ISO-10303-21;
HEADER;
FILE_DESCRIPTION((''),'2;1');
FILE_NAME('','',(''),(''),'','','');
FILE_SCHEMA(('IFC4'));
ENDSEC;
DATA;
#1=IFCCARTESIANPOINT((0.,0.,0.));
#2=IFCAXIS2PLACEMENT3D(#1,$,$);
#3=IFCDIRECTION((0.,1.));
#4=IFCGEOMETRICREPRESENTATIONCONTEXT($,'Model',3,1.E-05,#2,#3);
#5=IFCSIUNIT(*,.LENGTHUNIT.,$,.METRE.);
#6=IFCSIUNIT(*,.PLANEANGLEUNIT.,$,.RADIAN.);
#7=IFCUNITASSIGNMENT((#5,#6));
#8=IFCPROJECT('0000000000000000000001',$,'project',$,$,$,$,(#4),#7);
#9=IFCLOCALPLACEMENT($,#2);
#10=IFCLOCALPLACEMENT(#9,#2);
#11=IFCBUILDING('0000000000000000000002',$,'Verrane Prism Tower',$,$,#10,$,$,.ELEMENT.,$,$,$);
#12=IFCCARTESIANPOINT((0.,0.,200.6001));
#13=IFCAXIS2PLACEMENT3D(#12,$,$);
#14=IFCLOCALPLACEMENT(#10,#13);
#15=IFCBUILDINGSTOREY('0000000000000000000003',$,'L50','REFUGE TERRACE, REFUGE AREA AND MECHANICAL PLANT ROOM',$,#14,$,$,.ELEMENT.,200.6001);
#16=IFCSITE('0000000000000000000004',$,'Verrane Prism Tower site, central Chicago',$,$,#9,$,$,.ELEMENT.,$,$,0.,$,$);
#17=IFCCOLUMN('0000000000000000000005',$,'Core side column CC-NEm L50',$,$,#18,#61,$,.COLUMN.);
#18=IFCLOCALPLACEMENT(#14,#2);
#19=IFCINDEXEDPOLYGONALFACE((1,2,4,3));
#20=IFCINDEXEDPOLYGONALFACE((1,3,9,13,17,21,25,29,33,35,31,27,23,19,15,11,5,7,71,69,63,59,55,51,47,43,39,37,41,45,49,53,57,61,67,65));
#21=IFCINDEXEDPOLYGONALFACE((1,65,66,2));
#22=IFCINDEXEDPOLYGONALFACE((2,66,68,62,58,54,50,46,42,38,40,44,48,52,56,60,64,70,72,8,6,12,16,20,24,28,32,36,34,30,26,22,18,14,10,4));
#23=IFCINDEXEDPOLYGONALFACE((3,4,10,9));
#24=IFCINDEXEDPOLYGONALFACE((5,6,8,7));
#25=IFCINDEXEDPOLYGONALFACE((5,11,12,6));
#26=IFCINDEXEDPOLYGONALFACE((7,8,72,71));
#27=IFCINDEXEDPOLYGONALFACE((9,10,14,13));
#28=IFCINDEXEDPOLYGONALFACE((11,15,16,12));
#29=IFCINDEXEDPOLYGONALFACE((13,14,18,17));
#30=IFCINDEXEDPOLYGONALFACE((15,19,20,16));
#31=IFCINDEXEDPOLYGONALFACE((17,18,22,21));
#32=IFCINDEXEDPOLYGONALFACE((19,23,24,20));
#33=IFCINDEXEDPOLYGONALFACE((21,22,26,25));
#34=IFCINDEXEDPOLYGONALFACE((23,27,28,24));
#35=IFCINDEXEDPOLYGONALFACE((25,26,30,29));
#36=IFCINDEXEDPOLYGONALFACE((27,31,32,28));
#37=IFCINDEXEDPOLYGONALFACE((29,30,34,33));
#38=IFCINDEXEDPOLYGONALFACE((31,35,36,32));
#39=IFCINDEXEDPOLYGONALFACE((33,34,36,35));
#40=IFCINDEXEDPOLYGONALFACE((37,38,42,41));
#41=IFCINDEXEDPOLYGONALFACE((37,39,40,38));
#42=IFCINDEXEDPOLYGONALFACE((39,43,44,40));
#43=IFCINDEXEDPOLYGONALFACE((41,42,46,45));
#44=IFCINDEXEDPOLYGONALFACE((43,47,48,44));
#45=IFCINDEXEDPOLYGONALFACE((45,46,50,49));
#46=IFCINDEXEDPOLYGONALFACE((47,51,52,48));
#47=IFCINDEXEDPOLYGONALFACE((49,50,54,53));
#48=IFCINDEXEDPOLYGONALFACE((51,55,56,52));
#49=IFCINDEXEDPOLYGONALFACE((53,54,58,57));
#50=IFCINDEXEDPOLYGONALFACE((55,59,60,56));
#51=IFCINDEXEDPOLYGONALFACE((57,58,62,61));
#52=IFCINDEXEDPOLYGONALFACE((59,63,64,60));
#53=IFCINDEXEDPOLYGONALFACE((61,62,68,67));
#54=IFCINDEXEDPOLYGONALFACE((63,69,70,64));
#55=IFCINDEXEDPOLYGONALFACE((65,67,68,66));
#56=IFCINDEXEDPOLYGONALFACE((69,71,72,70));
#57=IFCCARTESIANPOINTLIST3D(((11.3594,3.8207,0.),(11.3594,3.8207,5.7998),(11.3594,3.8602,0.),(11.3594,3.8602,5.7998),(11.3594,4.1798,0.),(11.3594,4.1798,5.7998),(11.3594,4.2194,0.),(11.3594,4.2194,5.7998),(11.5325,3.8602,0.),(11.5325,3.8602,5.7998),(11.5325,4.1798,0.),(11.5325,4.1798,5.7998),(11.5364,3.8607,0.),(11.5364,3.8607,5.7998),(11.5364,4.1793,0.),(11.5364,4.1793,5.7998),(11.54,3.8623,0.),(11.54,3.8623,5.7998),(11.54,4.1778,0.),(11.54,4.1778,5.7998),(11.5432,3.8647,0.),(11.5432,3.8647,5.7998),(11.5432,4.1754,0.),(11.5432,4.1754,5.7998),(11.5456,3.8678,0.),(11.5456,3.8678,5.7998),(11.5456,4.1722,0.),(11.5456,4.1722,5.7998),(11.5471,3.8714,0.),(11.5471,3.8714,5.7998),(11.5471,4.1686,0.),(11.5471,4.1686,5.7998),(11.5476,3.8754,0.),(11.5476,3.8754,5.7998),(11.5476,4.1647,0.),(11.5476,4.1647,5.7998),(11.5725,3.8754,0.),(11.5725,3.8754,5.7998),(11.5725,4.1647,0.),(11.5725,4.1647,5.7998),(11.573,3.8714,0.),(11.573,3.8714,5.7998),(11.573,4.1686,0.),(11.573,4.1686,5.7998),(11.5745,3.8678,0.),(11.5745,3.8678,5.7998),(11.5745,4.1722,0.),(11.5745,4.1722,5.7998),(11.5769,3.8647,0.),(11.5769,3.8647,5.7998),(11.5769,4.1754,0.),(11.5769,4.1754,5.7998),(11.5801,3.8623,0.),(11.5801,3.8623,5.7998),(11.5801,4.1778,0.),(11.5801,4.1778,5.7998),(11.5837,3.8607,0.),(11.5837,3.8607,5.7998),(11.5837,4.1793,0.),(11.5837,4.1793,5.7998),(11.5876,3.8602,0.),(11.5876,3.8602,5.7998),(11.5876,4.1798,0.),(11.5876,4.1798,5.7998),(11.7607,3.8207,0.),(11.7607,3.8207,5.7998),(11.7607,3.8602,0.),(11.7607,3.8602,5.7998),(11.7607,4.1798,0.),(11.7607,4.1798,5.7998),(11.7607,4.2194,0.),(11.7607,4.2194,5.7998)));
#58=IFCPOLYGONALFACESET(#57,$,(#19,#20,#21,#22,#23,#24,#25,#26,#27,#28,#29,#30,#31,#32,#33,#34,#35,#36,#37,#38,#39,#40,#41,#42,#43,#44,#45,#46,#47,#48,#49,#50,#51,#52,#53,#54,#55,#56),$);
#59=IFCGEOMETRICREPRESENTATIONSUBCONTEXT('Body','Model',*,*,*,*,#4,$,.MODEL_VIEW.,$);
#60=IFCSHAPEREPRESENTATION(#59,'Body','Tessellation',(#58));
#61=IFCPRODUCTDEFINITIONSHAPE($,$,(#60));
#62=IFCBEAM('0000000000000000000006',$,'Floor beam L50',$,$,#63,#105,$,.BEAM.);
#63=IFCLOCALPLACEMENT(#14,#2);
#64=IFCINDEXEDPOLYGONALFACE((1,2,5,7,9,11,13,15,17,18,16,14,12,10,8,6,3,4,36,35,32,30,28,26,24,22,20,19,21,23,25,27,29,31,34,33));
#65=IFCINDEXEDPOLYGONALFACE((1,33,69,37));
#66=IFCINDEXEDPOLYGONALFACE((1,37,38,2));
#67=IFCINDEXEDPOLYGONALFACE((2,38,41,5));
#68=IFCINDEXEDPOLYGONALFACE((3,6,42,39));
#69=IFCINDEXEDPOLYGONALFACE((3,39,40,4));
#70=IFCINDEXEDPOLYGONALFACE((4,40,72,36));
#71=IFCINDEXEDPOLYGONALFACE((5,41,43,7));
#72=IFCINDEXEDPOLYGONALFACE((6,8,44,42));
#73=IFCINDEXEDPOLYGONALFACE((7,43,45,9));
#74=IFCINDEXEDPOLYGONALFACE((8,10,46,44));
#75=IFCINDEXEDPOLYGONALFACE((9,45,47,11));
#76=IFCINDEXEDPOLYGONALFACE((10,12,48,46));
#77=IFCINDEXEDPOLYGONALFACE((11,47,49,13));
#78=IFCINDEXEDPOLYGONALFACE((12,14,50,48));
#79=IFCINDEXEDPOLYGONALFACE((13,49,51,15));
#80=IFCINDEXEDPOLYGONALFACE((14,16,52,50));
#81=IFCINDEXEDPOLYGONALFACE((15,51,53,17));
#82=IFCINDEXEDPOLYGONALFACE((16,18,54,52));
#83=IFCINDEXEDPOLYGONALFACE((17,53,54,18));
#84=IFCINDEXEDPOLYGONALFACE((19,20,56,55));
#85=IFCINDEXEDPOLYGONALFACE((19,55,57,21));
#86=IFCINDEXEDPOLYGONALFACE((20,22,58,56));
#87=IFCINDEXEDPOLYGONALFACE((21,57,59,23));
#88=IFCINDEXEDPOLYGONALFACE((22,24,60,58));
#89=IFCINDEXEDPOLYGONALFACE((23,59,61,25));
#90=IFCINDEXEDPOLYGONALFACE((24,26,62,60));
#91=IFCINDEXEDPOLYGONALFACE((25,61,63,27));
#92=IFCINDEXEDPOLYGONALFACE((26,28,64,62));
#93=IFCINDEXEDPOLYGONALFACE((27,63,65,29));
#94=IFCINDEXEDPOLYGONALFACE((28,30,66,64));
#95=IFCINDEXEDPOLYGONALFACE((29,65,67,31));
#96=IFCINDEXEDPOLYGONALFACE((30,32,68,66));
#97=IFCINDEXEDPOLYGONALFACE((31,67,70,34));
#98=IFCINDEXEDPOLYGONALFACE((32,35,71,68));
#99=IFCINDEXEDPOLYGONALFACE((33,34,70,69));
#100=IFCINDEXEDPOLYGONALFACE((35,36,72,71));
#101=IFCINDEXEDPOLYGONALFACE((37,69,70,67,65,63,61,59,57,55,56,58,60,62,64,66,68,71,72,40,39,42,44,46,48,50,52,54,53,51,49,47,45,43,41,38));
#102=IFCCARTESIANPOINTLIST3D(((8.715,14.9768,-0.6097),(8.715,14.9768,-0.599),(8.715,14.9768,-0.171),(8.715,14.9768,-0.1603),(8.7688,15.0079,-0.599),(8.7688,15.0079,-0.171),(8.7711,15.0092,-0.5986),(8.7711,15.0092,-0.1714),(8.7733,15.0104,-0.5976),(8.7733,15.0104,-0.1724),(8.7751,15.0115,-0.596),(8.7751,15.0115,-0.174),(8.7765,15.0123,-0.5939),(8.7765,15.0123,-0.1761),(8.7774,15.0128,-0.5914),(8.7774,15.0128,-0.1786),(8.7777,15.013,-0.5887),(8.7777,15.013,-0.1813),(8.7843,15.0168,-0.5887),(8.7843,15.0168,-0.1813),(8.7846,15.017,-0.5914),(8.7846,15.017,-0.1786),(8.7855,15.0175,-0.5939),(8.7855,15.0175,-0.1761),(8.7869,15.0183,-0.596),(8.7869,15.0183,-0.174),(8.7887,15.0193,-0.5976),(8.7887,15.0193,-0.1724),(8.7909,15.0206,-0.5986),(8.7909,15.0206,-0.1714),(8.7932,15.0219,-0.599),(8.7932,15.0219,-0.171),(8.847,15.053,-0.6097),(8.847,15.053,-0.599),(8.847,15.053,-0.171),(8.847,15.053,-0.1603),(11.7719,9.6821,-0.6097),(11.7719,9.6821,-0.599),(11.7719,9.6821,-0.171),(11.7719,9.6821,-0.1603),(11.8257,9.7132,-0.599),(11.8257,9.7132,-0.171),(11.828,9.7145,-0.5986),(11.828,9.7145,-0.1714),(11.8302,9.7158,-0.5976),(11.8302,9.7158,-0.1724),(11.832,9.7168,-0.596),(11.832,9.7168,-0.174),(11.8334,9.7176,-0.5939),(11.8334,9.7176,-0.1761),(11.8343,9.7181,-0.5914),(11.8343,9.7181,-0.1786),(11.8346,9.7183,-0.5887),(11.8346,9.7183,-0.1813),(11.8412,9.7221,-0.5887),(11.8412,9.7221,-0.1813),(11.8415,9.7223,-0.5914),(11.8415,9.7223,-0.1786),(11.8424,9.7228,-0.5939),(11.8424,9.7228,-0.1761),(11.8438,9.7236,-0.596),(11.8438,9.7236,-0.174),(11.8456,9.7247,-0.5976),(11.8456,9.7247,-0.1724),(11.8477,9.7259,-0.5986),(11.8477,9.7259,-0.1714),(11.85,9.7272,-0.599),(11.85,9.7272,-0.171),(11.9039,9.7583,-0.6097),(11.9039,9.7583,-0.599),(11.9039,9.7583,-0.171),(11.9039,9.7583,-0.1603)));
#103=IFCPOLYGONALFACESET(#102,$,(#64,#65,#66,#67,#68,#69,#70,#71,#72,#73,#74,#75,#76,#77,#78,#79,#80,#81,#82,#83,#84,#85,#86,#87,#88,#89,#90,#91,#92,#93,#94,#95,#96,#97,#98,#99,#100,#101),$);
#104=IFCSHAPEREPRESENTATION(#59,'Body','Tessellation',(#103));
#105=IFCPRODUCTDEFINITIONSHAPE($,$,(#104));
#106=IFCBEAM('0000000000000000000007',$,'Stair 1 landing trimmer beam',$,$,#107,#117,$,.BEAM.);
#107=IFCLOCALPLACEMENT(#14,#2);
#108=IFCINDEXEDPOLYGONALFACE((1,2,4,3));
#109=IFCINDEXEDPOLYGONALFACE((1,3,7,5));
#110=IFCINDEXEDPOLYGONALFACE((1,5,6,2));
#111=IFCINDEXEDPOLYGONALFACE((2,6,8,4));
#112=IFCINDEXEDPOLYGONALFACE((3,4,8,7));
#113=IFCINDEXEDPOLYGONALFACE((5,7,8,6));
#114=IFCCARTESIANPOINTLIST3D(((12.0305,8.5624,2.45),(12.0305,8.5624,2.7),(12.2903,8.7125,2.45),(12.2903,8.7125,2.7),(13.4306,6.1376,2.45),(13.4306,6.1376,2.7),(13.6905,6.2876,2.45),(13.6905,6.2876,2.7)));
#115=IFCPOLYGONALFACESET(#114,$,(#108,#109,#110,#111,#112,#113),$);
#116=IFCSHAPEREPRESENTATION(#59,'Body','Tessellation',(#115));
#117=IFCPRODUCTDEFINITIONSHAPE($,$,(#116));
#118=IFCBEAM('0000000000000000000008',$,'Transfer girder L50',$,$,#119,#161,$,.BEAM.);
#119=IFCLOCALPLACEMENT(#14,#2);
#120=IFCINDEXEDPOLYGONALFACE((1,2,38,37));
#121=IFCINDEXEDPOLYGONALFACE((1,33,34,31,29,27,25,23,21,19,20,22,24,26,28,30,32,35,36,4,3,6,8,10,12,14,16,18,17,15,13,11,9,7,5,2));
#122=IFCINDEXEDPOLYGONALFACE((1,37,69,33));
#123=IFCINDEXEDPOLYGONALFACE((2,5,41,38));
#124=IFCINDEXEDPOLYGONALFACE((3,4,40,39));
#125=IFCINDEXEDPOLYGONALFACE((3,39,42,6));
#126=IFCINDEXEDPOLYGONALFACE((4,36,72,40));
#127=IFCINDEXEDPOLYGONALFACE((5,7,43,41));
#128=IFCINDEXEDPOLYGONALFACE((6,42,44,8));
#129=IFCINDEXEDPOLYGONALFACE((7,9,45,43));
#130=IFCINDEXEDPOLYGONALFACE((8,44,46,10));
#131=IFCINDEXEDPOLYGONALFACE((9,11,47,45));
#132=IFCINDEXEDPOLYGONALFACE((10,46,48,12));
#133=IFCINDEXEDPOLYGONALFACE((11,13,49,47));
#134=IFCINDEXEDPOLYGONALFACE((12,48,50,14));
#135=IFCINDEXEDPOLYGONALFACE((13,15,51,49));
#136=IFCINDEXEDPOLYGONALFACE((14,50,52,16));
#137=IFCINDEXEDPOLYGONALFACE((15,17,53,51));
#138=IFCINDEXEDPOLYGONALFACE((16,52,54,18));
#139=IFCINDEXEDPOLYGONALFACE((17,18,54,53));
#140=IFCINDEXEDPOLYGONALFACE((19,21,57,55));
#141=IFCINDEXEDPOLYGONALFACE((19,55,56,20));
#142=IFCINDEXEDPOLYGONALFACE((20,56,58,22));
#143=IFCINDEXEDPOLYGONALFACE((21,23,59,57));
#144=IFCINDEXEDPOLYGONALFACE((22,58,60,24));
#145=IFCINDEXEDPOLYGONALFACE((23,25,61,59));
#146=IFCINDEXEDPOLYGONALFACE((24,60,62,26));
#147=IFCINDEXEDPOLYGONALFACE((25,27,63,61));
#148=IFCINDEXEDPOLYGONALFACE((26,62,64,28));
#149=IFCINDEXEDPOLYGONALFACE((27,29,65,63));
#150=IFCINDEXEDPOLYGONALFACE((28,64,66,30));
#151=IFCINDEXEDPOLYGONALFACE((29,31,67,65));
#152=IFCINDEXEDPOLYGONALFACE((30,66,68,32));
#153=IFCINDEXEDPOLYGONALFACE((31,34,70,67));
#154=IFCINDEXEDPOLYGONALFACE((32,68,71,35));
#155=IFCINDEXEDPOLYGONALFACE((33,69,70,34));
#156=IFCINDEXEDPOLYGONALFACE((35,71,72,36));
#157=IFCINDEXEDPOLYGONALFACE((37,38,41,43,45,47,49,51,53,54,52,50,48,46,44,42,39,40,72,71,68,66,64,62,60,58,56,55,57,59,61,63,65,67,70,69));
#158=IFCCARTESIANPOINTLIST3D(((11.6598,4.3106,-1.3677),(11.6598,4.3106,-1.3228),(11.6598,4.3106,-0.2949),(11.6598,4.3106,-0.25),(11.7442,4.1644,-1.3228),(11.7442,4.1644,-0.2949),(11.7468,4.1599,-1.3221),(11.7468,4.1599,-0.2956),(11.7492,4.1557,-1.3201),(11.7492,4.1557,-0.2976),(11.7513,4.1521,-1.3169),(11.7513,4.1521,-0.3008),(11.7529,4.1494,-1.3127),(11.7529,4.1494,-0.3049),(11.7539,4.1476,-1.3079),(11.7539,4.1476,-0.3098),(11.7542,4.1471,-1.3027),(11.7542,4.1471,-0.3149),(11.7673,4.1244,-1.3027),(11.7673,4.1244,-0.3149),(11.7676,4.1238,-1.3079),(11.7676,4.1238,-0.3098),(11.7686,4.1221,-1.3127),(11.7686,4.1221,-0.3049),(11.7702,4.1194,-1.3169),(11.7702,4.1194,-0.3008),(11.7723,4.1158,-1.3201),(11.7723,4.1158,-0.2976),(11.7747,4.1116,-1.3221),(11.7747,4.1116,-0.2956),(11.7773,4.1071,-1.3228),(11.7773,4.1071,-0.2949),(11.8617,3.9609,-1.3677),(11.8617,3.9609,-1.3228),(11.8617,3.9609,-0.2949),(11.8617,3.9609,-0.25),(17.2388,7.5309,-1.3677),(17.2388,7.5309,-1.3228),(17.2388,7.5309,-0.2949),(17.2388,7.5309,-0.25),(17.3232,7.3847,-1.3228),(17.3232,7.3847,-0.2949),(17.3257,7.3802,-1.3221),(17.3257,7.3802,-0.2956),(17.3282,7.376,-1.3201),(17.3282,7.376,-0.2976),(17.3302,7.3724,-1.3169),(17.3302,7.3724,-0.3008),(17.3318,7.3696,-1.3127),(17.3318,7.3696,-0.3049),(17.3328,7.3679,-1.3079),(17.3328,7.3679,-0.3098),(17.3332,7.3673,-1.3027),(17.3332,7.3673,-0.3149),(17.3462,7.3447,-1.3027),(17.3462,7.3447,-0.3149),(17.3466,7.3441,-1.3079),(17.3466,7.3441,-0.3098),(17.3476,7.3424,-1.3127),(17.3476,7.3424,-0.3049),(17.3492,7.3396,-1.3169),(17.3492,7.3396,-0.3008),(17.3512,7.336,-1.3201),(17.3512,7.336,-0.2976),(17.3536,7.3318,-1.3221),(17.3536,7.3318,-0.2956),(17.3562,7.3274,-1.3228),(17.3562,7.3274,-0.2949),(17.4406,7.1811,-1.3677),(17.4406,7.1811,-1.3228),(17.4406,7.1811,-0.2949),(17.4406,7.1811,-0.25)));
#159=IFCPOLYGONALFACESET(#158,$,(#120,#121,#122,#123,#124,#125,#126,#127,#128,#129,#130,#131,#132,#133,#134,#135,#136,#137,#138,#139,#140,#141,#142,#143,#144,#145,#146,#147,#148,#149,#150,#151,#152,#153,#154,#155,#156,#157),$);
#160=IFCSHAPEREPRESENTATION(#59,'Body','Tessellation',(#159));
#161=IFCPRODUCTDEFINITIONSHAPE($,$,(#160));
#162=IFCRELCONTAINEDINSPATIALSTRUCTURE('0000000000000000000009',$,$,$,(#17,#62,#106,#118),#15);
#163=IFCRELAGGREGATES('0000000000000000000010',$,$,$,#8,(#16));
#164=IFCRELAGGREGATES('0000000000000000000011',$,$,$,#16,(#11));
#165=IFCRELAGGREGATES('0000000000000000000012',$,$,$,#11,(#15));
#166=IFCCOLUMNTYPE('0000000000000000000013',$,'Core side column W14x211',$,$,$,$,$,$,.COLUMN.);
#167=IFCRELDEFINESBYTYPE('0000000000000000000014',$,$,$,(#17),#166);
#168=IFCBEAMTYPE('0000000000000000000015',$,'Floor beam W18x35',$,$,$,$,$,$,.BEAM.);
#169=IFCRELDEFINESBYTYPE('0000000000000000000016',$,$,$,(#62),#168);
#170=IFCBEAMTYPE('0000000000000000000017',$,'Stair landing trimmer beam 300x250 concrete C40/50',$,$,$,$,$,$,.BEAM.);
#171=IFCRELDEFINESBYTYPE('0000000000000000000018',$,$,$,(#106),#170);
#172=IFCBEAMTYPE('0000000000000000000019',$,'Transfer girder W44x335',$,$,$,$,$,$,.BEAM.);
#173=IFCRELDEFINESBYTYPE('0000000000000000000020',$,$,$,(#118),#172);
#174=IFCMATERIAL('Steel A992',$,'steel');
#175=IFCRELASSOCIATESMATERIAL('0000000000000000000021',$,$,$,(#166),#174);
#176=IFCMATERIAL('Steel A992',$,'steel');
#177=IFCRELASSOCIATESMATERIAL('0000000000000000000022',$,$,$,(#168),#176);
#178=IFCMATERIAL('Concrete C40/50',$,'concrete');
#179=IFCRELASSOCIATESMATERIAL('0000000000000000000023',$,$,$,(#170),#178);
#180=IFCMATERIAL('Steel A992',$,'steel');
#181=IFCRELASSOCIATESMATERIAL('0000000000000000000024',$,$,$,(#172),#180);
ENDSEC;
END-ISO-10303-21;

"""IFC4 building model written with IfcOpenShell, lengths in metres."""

from ifc_helpers import new_model, si_unit, direction, frame, origin, origin_2d, place, context, subcontext, project, spatial, rectangle, i_section, extrude, material, material_profile, profile_set, type_object, element, save


model = new_model("IFC4")

# Units and contexts
model_context = context("Model", 3, precision=1e-05, world=origin(), true_north=direction((0.0, 1.0)))
body_context = subcontext(model_context, "Body", "Model", "MODEL_VIEW")
ifc_project = project(units=[si_unit("LENGTHUNIT", "METRE"), si_unit("PLANEANGLEUNIT", "RADIAN")], contexts=[model_context])

# Site, building, storey
site_placement = place(None, origin())
site = spatial("IfcSite", under=ifc_project, at=site_placement, Name="Verrane Prism Tower site, central Chicago", CompositionType="ELEMENT", RefElevation=0.0)
building_placement = place(site_placement, origin())
building = spatial("IfcBuilding", under=site, at=building_placement, Name="Verrane Prism Tower", CompositionType="ELEMENT")
storey_placement = place(building_placement, frame((0.0, 0.0, 200.6001)))
storey = spatial("IfcBuildingStorey", under=building, at=storey_placement, Name="L50", Description="REFUGE TERRACE, REFUGE AREA AND MECHANICAL PLANT ROOM", CompositionType="ELEMENT", Elevation=200.6001)

# Column
ifc_material_1 = material(Name="Steel A992", Category="steel")
ifc_material_profile_1 = material_profile(ifc_material_1, i_section(OverallWidth=0.4014, OverallDepth=0.3987, WebThickness=0.0249, FlangeThickness=0.0396, FilletRadius=0.0151, at=origin_2d()), Name="W14x211")
ifc_profile_set_1 = profile_set([ifc_material_profile_1], Name="Steel A992")
column_type = type_object("IfcColumnType", Name="Core side column W14x211", PredefinedType="COLUMN", material=ifc_profile_set_1)
column_placement = place(storey_placement, frame((11.5601, 4.02, 0.0), z_axis=(0.0, 0.0, 1.0), x_axis=(1.0, 0.0, 0.0)))
element("IfcColumn", 1, at=column_placement, inside=storey, type_object=column_type, Name="Core side column CC-NEm L50", PredefinedType="COLUMN", context=body_context, shape_type="SweptSolid", body=[
    extrude(i_section(OverallWidth=0.4014, OverallDepth=0.3987, WebThickness=0.0249, FlangeThickness=0.0396, FilletRadius=0.0151, at=origin_2d()), origin(), (0.0, 0.0, 1.0), 5.7998),
])

# Beams
ifc_material_2 = material(Name="Steel A992", Category="steel")
ifc_material_profile_2 = material_profile(ifc_material_2, i_section(OverallWidth=0.1523, OverallDepth=0.4495, WebThickness=0.0076, FlangeThickness=0.0107, FilletRadius=0.0103, at=origin_2d()), Name="W18x35")
ifc_profile_set_2 = profile_set([ifc_material_profile_2], Name="Steel A992")
beam_type_1 = type_object("IfcBeamType", Name="Floor beam W18x35", PredefinedType="BEAM", material=ifc_profile_set_2)
beam_1_placement = place(storey_placement, frame((11.8379, 9.7202, -0.385), z_axis=(-0.5, 0.866025, 0.0), x_axis=(-0.866025, -0.5, 0.0)))
element("IfcBeam", 2, at=beam_1_placement, inside=storey, type_object=beam_type_1, Name="Floor beam L50", PredefinedType="BEAM", context=body_context, shape_type="SweptSolid", body=[
    extrude(i_section(OverallWidth=0.1523, OverallDepth=0.4495, WebThickness=0.0076, FlangeThickness=0.0107, FilletRadius=0.0103, at=origin_2d()), origin(), (0.0, 0.0, 1.0), 6.1138),
])
ifc_material_3 = material(Name="Concrete C40/50", Category="concrete")
ifc_material_profile_3 = material_profile(ifc_material_3, rectangle(XDim=0.3, YDim=0.25, at=origin_2d()), Name="RC 300x250")
ifc_profile_set_3 = profile_set([ifc_material_profile_3], Name="Concrete C40/50")
beam_type_2 = type_object("IfcBeamType", Name="Stair landing trimmer beam 300x250 concrete C40/50", PredefinedType="BEAM", material=ifc_profile_set_3)
beam_2_placement = place(storey_placement, frame((12.1604, 8.6375, 2.575), z_axis=(0.50005, -0.865997, 0.0), x_axis=(0.865997, 0.50005, 0.0)))
element("IfcBeam", 3, at=beam_2_placement, inside=storey, type_object=beam_type_2, Name="Stair 1 landing trimmer beam", PredefinedType="BEAM", context=body_context, shape_type="SweptSolid", body=[
    extrude(rectangle(XDim=0.3, YDim=0.25, at=origin_2d()), origin(), (0.0, 0.0, 1.0), 2.8),
])
ifc_material_4 = material(Name="Steel A992", Category="steel")
ifc_material_profile_4 = material_profile(ifc_material_4, i_section(OverallWidth=0.4038, OverallDepth=1.1177, WebThickness=0.0261, FlangeThickness=0.0449, FilletRadius=0.02, at=origin_2d()), Name="W44x335")
ifc_profile_set_4 = profile_set([ifc_material_profile_4], Name="Steel A992")
beam_type_3 = type_object("IfcBeamType", Name="Transfer girder W44x335", PredefinedType="BEAM", material=ifc_profile_set_4)
beam_3_placement = place(storey_placement, frame((11.7607, 4.1357, -0.8088), z_axis=(0.866075, 0.499914, 0.0), x_axis=(-0.499914, 0.866075, 0.0)))
element("IfcBeam", 4, at=beam_3_placement, inside=storey, type_object=beam_type_3, Name="Transfer girder L50", PredefinedType="BEAM", context=body_context, shape_type="SweptSolid", body=[
    extrude(i_section(OverallWidth=0.4038, OverallDepth=1.1177, WebThickness=0.0261, FlangeThickness=0.0449, FilletRadius=0.02, at=origin_2d()), origin(), (0.0, 0.0, 1.0), 6.4417),
])

save(model, "model.ifc")
